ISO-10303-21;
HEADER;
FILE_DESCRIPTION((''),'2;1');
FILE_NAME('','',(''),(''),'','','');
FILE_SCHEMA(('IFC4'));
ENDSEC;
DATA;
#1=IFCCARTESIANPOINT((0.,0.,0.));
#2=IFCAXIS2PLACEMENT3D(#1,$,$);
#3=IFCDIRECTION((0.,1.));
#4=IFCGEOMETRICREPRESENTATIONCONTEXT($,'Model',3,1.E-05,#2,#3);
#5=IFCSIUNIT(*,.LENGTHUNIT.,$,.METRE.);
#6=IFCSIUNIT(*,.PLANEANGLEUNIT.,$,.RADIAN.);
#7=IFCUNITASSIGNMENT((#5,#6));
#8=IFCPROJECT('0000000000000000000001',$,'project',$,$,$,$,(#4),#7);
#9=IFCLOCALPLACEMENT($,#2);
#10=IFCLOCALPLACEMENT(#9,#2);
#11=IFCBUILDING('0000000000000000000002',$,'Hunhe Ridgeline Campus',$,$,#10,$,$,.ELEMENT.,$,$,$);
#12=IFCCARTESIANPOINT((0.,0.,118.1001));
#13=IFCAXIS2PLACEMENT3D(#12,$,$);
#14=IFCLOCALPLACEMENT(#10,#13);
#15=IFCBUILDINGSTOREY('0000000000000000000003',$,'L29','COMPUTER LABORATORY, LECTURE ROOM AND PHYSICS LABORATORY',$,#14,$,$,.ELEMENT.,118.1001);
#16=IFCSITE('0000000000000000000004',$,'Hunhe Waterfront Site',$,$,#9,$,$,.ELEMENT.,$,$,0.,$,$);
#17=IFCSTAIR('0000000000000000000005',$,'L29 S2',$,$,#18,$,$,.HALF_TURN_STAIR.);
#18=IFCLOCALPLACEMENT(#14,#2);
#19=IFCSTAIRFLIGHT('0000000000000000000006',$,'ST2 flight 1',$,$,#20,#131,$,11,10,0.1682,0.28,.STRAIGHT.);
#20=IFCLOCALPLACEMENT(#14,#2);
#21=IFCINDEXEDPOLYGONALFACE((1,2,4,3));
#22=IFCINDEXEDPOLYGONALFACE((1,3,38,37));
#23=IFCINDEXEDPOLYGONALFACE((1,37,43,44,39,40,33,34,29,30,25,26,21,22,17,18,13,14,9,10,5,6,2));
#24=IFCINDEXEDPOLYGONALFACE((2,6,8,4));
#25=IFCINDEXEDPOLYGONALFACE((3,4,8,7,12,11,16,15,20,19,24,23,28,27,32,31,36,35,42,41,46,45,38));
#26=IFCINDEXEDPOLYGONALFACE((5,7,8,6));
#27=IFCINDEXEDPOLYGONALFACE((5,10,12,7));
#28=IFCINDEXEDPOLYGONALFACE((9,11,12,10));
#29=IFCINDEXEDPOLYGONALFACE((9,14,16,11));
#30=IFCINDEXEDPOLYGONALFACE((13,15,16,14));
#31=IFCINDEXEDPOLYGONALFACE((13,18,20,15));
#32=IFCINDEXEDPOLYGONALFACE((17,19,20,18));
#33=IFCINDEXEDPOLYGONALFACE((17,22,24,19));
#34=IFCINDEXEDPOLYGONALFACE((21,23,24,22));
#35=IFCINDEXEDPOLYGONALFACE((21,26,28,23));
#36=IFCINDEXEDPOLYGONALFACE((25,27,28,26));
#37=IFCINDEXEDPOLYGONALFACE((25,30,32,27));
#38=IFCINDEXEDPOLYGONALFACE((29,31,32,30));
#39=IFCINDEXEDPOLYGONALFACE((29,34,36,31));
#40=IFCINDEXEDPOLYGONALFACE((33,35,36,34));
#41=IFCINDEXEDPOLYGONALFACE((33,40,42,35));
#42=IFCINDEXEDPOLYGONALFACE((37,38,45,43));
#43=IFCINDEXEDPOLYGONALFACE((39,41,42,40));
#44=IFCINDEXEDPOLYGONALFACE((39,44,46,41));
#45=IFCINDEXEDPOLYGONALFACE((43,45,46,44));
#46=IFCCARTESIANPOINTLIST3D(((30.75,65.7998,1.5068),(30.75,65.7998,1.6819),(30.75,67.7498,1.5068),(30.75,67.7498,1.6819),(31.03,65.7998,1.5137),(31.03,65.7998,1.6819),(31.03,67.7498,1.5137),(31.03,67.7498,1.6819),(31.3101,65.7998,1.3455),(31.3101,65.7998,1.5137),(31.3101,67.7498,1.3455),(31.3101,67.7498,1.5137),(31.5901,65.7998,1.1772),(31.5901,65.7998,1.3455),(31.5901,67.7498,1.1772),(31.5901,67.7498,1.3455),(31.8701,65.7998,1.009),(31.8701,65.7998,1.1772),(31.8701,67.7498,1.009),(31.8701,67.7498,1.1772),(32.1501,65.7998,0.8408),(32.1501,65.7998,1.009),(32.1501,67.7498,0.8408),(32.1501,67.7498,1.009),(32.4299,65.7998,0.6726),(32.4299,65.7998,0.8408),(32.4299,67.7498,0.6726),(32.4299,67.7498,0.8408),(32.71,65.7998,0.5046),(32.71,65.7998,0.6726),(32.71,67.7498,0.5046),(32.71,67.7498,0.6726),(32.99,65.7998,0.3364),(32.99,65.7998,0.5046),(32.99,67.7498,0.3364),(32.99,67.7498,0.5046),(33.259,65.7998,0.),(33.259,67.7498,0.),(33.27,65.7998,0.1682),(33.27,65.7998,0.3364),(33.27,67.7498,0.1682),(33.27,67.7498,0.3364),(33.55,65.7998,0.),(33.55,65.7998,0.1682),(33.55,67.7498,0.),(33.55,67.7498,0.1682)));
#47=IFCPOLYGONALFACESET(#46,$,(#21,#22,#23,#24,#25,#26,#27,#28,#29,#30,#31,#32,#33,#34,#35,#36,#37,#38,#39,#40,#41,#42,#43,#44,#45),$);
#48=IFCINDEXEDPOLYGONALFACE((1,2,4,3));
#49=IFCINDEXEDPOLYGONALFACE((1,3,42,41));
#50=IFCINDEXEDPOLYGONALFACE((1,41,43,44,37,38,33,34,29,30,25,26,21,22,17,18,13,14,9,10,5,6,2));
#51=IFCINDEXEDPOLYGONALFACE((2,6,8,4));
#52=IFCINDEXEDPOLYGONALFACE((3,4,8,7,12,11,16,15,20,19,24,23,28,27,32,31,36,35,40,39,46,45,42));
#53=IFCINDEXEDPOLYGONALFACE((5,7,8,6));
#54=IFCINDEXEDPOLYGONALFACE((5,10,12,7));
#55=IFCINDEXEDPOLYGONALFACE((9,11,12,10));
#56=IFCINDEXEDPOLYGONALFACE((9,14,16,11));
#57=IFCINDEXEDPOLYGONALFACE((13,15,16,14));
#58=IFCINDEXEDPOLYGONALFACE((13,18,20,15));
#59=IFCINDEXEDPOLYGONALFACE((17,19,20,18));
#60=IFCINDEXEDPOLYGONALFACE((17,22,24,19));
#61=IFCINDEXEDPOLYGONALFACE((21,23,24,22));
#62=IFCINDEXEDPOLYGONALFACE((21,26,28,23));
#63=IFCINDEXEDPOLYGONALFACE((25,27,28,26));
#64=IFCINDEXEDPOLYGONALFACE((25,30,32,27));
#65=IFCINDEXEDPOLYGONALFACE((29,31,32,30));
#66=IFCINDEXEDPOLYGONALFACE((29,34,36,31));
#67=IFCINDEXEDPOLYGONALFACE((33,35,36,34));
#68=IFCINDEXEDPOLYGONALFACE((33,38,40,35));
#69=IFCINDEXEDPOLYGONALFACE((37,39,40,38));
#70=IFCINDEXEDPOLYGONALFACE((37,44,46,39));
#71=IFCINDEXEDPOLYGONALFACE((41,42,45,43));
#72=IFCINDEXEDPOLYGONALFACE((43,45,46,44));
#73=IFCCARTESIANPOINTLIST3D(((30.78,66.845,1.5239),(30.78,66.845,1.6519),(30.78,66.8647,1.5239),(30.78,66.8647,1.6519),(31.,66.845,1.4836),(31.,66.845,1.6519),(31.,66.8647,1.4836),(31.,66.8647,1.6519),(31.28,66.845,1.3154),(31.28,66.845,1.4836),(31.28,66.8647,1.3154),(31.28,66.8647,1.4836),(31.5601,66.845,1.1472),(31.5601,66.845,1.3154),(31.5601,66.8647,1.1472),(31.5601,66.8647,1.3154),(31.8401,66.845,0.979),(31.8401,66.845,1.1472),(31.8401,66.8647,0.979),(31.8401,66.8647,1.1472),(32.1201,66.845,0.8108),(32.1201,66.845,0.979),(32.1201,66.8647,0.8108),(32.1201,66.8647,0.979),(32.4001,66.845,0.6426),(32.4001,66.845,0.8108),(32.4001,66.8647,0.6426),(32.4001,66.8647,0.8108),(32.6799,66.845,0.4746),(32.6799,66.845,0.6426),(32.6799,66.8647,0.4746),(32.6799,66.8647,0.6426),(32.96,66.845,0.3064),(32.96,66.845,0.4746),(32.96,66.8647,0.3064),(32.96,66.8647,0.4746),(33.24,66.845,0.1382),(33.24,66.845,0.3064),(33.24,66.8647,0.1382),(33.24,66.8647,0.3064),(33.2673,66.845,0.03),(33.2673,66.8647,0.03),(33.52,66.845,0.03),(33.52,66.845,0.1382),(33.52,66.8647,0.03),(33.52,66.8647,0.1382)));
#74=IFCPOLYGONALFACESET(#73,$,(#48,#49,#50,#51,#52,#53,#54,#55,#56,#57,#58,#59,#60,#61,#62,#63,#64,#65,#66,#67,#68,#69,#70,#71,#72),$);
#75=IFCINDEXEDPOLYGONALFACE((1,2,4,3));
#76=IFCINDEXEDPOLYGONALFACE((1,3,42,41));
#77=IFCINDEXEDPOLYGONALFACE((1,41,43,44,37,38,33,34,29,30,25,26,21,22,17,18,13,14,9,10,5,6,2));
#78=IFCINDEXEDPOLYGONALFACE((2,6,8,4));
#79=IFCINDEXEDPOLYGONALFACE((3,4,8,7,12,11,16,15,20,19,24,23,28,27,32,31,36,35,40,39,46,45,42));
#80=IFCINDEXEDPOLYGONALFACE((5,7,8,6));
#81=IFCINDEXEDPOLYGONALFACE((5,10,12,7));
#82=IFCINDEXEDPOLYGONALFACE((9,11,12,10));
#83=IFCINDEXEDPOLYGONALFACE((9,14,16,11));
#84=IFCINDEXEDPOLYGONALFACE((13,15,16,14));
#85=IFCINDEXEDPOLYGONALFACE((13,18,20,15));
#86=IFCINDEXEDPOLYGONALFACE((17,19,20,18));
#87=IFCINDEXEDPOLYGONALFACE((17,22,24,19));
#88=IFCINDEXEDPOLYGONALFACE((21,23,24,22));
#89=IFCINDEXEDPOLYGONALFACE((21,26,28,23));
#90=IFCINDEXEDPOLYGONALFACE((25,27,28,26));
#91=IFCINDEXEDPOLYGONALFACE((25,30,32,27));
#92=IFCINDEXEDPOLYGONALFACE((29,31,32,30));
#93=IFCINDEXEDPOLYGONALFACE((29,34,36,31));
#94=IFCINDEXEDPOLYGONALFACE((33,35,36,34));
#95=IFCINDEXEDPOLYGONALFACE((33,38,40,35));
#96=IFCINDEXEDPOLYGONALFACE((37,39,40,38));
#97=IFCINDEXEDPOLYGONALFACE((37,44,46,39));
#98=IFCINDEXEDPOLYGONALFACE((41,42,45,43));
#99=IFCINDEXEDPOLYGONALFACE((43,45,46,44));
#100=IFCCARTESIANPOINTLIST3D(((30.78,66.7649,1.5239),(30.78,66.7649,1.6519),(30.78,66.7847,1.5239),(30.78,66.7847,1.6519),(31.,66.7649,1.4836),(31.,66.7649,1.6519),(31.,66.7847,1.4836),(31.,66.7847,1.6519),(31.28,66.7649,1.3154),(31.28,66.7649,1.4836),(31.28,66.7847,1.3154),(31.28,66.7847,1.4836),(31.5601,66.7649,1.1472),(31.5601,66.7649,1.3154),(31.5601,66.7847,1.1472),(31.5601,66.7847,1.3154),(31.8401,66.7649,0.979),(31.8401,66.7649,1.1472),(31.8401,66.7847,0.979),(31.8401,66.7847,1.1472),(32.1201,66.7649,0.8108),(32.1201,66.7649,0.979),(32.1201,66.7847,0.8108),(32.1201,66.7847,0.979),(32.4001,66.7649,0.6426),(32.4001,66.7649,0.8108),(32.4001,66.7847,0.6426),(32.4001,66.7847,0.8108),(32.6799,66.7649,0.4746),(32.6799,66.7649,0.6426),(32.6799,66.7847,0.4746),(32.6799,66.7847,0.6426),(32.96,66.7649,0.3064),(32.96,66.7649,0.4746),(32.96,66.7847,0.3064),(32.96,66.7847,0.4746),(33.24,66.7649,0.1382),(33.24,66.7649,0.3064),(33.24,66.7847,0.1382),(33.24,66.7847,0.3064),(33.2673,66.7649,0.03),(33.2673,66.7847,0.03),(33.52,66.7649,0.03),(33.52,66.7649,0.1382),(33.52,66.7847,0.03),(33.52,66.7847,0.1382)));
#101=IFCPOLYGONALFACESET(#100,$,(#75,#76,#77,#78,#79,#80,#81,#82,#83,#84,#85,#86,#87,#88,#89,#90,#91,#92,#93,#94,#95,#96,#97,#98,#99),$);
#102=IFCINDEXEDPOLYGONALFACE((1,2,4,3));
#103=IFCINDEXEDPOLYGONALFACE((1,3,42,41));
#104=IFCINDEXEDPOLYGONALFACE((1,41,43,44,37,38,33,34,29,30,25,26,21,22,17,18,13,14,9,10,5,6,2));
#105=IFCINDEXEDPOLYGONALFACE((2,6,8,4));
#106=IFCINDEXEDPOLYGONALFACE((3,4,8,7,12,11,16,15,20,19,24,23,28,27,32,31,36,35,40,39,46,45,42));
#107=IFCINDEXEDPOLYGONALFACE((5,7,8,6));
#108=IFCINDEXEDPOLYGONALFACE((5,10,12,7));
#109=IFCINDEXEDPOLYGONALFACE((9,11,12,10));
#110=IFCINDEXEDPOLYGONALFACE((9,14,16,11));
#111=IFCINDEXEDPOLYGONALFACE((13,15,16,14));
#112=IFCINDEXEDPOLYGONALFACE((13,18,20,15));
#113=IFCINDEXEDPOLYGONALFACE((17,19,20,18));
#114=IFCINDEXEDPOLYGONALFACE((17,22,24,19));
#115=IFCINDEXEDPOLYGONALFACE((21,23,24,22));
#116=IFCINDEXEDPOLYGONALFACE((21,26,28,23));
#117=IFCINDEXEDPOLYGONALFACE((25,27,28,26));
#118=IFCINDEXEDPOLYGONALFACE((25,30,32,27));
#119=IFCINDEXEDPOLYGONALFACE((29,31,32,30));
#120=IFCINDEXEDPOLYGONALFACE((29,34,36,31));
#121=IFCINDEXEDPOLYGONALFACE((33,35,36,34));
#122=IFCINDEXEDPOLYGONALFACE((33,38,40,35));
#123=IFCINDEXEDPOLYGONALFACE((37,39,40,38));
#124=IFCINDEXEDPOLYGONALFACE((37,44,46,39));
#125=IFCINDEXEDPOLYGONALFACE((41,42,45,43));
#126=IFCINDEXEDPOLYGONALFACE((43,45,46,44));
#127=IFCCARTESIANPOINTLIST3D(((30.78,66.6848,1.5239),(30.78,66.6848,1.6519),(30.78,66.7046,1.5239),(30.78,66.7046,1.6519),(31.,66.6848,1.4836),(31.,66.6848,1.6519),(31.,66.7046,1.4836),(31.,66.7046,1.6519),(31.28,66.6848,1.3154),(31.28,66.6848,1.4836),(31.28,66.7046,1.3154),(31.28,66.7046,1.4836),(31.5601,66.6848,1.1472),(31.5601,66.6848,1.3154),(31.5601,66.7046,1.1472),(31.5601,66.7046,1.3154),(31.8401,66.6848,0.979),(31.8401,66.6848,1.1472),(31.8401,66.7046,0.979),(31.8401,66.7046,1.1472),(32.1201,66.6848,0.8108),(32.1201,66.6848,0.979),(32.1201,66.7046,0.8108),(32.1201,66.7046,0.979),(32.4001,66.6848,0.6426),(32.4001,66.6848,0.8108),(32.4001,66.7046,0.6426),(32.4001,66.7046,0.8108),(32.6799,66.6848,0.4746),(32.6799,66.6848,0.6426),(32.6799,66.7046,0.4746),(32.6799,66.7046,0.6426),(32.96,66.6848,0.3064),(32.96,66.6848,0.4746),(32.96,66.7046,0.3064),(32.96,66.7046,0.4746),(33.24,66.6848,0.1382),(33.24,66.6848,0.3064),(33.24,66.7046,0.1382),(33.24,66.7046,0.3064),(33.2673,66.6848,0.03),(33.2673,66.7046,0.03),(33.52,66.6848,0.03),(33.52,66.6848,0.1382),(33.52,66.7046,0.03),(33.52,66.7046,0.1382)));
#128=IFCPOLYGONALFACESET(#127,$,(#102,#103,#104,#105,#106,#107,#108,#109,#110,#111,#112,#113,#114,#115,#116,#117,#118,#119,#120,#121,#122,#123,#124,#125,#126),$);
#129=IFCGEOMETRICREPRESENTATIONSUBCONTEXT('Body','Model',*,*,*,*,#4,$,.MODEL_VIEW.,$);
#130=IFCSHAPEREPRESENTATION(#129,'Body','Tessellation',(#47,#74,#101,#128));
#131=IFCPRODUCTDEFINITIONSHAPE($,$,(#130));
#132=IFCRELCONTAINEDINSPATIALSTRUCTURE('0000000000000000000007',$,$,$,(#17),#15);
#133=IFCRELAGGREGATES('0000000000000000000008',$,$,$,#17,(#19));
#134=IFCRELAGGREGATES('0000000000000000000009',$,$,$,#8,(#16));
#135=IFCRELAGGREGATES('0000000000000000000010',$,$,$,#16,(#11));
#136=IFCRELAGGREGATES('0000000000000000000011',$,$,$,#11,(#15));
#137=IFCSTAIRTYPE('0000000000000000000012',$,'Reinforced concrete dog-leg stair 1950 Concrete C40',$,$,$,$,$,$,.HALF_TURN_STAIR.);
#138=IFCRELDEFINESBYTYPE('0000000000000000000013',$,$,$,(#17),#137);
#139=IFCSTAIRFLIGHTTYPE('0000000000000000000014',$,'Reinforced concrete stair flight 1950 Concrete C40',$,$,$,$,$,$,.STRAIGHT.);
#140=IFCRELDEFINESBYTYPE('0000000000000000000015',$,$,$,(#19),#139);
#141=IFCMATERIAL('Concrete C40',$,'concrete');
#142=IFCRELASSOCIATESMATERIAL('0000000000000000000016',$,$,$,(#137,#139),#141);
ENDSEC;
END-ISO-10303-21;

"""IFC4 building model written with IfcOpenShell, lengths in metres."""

from ifc_helpers import new_model, si_unit, direction, frame, origin, place, context, subcontext, project, spatial, polyline, outline, extrude, material, type_object, element, aggregate, save


model = new_model("IFC4")

# Units and contexts
model_context = context("Model", 3, precision=1e-05, world=origin(), true_north=direction((0.0, 1.0)))
body_context = subcontext(model_context, "Body", "Model", "MODEL_VIEW")
ifc_project = project(units=[si_unit("LENGTHUNIT", "METRE"), si_unit("PLANEANGLEUNIT", "RADIAN")], contexts=[model_context])

# Site, building, storey
site_placement = place(None, origin())
site = spatial("IfcSite", under=ifc_project, at=site_placement, Name="Hunhe Waterfront Site", CompositionType="ELEMENT", RefElevation=0.0)
building_placement = place(site_placement, origin())
building = spatial("IfcBuilding", under=site, at=building_placement, Name="Hunhe Ridgeline Campus", CompositionType="ELEMENT")
storey_placement = place(building_placement, frame((0.0, 0.0, 118.1001)))
storey = spatial("IfcBuildingStorey", under=building, at=storey_placement, Name="L29", Description="COMPUTER LABORATORY, LECTURE ROOM AND PHYSICS LABORATORY", CompositionType="ELEMENT", Elevation=118.1001)

# Stair, stair flight
ifc_material_1 = material(Name="Concrete C40", Category="concrete")
stair_type = type_object("IfcStairType", Name="Reinforced concrete dog-leg stair 1950 Concrete C40", PredefinedType="HALF_TURN_STAIR", material=ifc_material_1)
stair_placement = place(storey_placement, origin())
stair = element("IfcStair", 1, at=stair_placement, inside=storey, type_object=stair_type, Name="L29 S2", PredefinedType="HALF_TURN_STAIR")
stair_flight_type = type_object("IfcStairFlightType", Name="Reinforced concrete stair flight 1950 Concrete C40", PredefinedType="STRAIGHT", material=ifc_material_1)
stair_flight_1_placement = place(storey_placement, frame((33.55, 66.7749, 0.0), z_axis=(0.0, 0.0, 1.0), x_axis=(-1.0, 0.0, 0.0)))
stair_flight_1 = element("IfcStairFlight", 2, at=stair_flight_1_placement, type_object=stair_flight_type, Name="ST2 flight 1", NumberOfRisers=11, NumberOfTreads=10, PredefinedType="STRAIGHT", RiserHeight=0.1682, TreadLength=0.28, context=body_context, shape_type="SweptSolid", body=[
    extrude(outline(polyline([(0.0, 0.0), (0.0, 0.1682), (0.28, 0.1682), (0.28, 0.3364), (0.5601, 0.3364), (0.5601, 0.5046), (0.8401, 0.5046), (0.8401, 0.6726), (1.1201, 0.6726), (1.1201, 0.8408), (1.3999, 0.8408), (1.3999, 1.009), (1.6799, 1.009), (1.6799, 1.1772), (1.96, 1.1772), (1.96, 1.3455), (2.24, 1.3455), (2.24, 1.5137), (2.52, 1.5137), (2.52, 1.6819), (2.8, 1.6819), (2.8, 1.8501), (2.8, 1.5068), (0.291, 0.0), (0.0, 0.0)])), frame((0.0, 0.9751, 0.0), z_axis=(0.0, -1.0, 0.0), x_axis=(1.0, 0.0, 0.0)), (0.0, 0.0, 1.0), 1.95),
    extrude(outline(polyline([(0.03, 0.03), (0.03, 0.1382), (0.3101, 0.1382), (0.3101, 0.3064), (0.5901, 0.3064), (0.5901, 0.4746), (0.8701, 0.4746), (0.8701, 0.6426), (1.1499, 0.6426), (1.1499, 0.8108), (1.4299, 0.8108), (1.4299, 0.979), (1.71, 0.979), (1.71, 1.1472), (1.99, 1.1472), (1.99, 1.3154), (2.27, 1.3154), (2.27, 1.4836), (2.55, 1.4836), (2.55, 1.6519), (2.77, 1.6519), (2.77, 1.5239), (0.2827, 0.03), (0.03, 0.03)])), frame((0.0, -0.0701, 0.0), z_axis=(0.0, -1.0, 0.0), x_axis=(1.0, 0.0, 0.0)), (0.0, 0.0, 1.0), 0.0198),
    extrude(outline(polyline([(0.03, 0.03), (0.03, 0.1382), (0.3101, 0.1382), (0.3101, 0.3064), (0.5901, 0.3064), (0.5901, 0.4746), (0.8701, 0.4746), (0.8701, 0.6426), (1.1499, 0.6426), (1.1499, 0.8108), (1.4299, 0.8108), (1.4299, 0.979), (1.71, 0.979), (1.71, 1.1472), (1.99, 1.1472), (1.99, 1.3154), (2.27, 1.3154), (2.27, 1.4836), (2.55, 1.4836), (2.55, 1.6519), (2.77, 1.6519), (2.77, 1.5239), (0.2827, 0.03), (0.03, 0.03)])), frame((0.0, 0.01, 0.0), z_axis=(0.0, -1.0, 0.0), x_axis=(1.0, 0.0, 0.0)), (0.0, 0.0, 1.0), 0.0198),
    extrude(outline(polyline([(0.03, 0.03), (0.03, 0.1382), (0.3101, 0.1382), (0.3101, 0.3064), (0.5901, 0.3064), (0.5901, 0.4746), (0.8701, 0.4746), (0.8701, 0.6426), (1.1499, 0.6426), (1.1499, 0.8108), (1.4299, 0.8108), (1.4299, 0.979), (1.71, 0.979), (1.71, 1.1472), (1.99, 1.1472), (1.99, 1.3154), (2.27, 1.3154), (2.27, 1.4836), (2.55, 1.4836), (2.55, 1.6519), (2.77, 1.6519), (2.77, 1.5239), (0.2827, 0.03), (0.03, 0.03)])), frame((0.0, 0.0901, 0.0), z_axis=(0.0, -1.0, 0.0), x_axis=(1.0, 0.0, 0.0)), (0.0, 0.0, 1.0), 0.0198),
])
aggregate(stair, [stair_flight_1])

save(model, "model.ifc")
